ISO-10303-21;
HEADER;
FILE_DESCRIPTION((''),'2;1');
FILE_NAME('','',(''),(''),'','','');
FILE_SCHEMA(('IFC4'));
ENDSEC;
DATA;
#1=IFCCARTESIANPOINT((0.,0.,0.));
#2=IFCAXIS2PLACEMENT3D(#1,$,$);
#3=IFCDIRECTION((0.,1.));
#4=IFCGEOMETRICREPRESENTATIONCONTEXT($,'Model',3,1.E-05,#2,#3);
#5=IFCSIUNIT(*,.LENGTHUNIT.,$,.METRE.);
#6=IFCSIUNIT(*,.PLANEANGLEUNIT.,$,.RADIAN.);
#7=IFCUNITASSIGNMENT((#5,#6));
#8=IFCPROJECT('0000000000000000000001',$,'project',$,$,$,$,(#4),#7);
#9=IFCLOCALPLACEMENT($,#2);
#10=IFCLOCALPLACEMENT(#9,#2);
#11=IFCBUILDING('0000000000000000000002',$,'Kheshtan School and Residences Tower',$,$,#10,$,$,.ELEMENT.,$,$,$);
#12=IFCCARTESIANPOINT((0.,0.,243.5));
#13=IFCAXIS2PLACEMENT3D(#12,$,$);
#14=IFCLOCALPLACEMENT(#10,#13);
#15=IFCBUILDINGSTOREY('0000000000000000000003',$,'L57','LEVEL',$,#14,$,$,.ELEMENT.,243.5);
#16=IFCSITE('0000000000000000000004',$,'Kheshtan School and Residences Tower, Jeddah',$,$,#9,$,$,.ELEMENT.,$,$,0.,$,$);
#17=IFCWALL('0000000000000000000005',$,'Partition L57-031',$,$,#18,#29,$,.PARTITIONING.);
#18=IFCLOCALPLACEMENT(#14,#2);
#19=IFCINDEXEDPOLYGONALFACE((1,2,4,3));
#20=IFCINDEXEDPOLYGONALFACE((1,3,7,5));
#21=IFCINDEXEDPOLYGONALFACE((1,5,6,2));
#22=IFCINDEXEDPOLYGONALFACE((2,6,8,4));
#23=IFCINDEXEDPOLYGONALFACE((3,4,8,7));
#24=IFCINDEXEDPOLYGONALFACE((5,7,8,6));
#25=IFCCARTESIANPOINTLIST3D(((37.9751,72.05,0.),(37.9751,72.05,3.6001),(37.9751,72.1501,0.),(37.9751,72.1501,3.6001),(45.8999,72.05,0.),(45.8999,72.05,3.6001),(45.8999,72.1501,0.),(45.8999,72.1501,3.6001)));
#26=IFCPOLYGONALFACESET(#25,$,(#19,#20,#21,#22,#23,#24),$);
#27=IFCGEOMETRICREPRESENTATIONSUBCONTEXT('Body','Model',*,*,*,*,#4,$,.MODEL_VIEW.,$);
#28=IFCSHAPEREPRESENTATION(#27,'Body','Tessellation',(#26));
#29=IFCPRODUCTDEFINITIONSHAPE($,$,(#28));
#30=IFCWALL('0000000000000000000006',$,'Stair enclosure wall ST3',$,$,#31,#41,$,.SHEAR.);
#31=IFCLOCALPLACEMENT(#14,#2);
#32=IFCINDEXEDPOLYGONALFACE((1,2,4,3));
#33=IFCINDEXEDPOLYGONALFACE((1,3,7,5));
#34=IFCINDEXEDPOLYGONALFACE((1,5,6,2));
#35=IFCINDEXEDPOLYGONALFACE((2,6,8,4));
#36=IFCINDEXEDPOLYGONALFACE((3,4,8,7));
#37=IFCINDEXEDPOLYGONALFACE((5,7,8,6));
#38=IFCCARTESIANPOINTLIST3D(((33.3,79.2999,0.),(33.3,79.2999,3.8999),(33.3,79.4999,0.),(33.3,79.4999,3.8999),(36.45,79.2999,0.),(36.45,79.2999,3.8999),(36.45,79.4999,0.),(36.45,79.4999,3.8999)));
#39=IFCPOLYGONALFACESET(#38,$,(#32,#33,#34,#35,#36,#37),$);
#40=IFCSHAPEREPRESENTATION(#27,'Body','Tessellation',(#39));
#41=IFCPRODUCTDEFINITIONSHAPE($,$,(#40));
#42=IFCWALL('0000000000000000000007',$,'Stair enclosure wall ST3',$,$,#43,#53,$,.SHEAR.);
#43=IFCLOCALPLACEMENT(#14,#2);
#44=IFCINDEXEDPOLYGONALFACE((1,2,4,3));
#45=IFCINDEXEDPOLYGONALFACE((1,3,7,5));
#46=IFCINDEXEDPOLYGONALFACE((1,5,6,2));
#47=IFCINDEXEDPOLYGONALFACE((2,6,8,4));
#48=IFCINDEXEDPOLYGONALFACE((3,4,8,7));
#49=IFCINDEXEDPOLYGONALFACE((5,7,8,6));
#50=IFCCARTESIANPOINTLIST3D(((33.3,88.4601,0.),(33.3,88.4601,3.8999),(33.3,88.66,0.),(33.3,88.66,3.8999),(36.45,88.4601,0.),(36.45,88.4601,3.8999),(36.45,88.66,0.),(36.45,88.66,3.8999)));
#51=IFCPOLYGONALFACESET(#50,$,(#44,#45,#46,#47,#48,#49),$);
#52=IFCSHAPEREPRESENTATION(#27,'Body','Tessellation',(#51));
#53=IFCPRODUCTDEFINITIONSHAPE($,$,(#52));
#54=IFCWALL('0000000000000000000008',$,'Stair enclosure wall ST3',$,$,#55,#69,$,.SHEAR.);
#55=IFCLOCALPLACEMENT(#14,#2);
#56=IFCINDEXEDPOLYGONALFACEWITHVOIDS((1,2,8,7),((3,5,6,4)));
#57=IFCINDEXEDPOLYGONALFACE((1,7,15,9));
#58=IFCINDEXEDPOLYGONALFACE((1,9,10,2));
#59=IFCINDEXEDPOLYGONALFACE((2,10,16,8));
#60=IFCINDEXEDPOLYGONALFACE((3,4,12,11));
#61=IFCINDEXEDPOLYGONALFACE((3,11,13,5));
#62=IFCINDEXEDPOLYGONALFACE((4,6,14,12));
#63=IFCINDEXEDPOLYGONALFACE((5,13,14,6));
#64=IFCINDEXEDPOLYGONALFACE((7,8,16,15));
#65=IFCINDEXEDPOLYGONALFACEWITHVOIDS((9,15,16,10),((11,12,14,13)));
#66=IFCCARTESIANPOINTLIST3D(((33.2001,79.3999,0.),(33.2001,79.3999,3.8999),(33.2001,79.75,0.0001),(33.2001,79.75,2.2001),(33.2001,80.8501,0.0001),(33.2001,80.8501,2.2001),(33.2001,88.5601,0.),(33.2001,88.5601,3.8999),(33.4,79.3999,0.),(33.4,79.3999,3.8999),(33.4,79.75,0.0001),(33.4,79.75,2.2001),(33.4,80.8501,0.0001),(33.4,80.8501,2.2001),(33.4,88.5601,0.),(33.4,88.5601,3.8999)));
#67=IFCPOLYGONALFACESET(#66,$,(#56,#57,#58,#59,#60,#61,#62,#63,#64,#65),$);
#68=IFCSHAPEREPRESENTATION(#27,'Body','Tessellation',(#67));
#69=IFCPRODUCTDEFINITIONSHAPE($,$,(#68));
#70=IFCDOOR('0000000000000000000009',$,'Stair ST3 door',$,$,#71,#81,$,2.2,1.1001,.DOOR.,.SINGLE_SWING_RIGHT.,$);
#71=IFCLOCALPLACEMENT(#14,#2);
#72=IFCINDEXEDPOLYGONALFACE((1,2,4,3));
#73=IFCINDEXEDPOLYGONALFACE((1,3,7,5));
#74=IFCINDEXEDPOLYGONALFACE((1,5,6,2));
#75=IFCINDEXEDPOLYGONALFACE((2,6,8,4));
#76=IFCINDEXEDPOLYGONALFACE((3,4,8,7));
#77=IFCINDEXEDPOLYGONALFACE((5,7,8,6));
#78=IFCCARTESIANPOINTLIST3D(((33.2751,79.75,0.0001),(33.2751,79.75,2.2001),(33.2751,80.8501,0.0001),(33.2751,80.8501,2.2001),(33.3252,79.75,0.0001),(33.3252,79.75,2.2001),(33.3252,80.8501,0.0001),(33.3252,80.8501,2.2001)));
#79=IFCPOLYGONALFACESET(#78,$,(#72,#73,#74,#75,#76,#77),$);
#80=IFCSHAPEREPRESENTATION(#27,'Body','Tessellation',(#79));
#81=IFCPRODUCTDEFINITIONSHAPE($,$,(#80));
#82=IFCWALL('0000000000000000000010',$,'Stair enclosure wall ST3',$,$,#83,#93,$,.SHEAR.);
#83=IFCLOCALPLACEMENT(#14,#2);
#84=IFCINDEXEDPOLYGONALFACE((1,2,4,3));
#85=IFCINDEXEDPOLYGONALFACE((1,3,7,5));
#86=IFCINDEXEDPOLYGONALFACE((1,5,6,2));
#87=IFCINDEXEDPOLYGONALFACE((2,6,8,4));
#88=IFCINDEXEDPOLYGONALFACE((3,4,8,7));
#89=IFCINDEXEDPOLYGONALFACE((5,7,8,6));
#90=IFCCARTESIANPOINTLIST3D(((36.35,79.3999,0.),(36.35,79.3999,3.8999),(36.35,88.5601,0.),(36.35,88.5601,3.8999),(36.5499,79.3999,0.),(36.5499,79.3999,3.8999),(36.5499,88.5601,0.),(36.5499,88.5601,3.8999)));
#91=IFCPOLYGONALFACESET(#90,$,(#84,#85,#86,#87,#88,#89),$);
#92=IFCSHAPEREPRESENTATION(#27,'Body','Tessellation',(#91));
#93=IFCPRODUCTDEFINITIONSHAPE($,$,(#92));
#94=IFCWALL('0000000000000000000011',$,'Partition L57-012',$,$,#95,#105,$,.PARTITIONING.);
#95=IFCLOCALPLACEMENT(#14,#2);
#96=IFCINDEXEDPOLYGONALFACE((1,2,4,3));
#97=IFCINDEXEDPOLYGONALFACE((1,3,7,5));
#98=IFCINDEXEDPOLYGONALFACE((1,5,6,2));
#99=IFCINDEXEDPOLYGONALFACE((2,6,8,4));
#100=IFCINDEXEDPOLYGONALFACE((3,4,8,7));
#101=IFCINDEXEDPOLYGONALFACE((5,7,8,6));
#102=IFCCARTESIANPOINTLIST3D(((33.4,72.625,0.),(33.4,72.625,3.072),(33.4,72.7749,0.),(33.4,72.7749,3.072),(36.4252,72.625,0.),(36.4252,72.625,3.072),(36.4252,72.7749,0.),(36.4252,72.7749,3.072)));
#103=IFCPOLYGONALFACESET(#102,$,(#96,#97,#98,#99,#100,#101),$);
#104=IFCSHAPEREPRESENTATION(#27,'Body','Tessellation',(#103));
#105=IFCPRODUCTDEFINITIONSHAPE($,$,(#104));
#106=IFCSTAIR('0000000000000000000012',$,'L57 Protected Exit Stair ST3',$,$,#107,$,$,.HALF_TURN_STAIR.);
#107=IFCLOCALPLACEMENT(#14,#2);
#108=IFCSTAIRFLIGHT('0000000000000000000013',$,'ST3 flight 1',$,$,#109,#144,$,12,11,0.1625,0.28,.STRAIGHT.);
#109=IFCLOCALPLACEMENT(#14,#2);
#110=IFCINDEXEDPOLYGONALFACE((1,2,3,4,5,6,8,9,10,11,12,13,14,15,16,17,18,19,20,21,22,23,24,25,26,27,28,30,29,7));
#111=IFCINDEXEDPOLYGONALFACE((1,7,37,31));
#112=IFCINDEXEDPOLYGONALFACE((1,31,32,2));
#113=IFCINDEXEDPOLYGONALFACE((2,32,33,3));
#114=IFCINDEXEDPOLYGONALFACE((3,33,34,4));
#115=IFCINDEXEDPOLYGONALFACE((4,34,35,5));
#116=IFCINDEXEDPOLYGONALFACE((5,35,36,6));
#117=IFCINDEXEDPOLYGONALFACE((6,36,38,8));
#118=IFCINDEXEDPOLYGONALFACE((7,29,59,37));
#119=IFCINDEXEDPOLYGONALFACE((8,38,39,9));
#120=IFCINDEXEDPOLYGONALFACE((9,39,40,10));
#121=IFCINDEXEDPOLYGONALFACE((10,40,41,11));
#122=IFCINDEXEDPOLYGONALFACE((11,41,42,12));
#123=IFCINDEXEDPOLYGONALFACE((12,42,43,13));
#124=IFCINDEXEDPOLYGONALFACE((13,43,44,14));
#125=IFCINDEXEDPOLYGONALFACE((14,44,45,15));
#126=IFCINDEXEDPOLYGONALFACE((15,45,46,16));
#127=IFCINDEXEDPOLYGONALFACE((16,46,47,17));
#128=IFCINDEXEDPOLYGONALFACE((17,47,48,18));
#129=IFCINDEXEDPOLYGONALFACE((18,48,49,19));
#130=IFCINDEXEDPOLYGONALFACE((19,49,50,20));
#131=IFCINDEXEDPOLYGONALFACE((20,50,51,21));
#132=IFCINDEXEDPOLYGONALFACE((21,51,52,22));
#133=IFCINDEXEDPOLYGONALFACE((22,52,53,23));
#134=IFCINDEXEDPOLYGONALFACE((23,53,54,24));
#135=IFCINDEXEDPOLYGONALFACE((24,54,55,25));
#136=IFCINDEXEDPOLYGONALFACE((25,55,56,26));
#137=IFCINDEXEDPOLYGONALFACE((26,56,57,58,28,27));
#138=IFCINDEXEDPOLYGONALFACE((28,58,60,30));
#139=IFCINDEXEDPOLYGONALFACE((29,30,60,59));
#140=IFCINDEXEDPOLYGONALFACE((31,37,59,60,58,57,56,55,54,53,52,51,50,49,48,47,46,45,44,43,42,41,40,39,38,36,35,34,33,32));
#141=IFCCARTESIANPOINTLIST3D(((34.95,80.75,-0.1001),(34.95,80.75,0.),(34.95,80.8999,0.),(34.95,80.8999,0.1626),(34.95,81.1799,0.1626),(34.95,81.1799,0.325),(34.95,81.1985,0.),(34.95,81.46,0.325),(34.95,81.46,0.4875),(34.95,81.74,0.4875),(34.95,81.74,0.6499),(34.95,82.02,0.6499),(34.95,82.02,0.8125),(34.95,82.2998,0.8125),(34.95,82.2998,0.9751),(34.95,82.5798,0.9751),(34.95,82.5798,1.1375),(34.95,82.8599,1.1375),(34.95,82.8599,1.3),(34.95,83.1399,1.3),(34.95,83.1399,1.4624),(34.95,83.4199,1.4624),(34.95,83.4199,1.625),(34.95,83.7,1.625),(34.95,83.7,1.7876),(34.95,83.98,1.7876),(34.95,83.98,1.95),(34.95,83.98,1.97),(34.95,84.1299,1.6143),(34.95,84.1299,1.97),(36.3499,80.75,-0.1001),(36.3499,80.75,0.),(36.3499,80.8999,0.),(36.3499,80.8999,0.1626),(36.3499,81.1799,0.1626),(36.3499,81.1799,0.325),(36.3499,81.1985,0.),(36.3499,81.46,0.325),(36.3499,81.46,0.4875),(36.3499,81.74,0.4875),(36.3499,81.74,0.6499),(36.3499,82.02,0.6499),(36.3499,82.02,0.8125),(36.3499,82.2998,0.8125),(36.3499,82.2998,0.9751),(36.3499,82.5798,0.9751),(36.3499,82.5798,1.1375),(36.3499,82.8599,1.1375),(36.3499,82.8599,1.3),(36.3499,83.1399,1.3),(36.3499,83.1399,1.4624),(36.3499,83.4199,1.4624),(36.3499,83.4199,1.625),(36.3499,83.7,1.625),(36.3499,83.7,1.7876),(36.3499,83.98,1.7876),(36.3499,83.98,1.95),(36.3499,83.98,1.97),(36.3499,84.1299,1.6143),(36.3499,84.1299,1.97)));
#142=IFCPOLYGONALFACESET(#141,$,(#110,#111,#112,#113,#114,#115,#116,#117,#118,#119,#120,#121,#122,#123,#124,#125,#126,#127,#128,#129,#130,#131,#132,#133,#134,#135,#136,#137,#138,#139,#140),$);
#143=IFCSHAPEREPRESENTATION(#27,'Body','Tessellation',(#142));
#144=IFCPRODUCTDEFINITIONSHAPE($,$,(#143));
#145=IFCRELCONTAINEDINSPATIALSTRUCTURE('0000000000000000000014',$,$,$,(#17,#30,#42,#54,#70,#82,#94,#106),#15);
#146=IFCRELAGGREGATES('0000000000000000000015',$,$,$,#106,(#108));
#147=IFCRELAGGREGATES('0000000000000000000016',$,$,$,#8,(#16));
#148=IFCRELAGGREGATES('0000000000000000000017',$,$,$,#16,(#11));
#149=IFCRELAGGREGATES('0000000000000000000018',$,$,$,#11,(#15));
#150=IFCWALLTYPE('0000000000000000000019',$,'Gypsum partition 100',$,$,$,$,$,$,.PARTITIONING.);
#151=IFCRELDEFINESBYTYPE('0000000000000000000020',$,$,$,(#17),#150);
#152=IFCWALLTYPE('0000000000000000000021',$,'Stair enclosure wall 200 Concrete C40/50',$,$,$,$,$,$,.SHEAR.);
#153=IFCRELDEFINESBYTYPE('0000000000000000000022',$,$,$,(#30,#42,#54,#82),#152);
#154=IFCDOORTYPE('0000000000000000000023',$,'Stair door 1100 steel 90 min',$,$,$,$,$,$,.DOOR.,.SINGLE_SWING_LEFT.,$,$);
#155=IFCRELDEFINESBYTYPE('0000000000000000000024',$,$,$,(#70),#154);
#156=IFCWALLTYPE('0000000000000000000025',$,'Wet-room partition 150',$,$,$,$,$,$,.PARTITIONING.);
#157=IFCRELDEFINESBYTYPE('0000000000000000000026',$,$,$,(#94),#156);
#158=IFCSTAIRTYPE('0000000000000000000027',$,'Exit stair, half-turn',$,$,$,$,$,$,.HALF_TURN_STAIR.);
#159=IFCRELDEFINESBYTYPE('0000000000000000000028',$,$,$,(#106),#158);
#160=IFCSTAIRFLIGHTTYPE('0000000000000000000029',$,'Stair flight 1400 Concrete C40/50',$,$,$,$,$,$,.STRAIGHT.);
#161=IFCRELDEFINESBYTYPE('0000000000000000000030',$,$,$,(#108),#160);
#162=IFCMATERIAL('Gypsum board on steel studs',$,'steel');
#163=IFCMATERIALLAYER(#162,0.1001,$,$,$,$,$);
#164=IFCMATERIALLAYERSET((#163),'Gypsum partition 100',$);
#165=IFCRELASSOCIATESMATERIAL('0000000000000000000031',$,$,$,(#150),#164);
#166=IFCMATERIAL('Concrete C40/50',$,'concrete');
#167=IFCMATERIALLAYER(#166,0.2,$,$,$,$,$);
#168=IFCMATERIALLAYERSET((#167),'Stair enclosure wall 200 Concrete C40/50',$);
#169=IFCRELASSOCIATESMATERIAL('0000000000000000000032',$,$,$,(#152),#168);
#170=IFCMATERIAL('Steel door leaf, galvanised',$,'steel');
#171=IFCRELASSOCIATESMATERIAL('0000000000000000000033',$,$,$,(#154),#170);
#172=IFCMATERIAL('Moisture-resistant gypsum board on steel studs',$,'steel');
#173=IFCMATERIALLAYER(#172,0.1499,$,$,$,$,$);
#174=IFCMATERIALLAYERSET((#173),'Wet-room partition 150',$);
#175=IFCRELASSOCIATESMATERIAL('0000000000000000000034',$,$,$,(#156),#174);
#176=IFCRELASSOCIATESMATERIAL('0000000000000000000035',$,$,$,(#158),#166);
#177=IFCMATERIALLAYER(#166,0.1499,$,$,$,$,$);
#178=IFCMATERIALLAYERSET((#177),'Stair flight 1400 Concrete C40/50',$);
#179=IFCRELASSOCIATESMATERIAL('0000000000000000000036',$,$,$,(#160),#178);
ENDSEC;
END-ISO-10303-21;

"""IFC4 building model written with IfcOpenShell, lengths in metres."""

from ifc_helpers import new_model, si_unit, direction, frame, frame_2d, origin, place, context, subcontext, project, spatial, polyline, rectangle, outline, extrude, source, transform, mapped, material, layer, layer_set, type_object, element, fill, aggregate, save


model = new_model("IFC4")

# Units and contexts
model_context = context("Model", 3, precision=1e-05, world=origin(), true_north=direction((0.0, 1.0)))
body_context = subcontext(model_context, "Body", "Model", "MODEL_VIEW")
ifc_project = project(units=[si_unit("LENGTHUNIT", "METRE"), si_unit("PLANEANGLEUNIT", "RADIAN")], contexts=[model_context])

# Site, building, storey
site_placement = place(None, origin())
site = spatial("IfcSite", under=ifc_project, at=site_placement, Name="Kheshtan School and Residences Tower, Jeddah", CompositionType="ELEMENT", RefElevation=0.0)
building_placement = place(site_placement, origin())
building = spatial("IfcBuilding", under=site, at=building_placement, Name="Kheshtan School and Residences Tower", CompositionType="ELEMENT")
storey_placement = place(building_placement, frame((0.0, 0.0, 243.5)))
storey = spatial("IfcBuildingStorey", under=building, at=storey_placement, Name="L57", Description="LEVEL", CompositionType="ELEMENT", Elevation=243.5)

# Walls
ifc_material_1 = material(Name="Gypsum board on steel studs", Category="steel")
ifc_layer_1 = layer(ifc_material_1, 0.1001)
ifc_layer_set_1 = layer_set([ifc_layer_1], Name="Gypsum partition 100")
wall_type_1 = type_object("IfcWallType", Name="Gypsum partition 100", PredefinedType="PARTITIONING", material=ifc_layer_set_1)
wall_1_placement = place(storey_placement, frame((37.9751, 72.1001, 0.0), z_axis=(0.0, 0.0, 1.0), x_axis=(1.0, 0.0, 0.0)))
element("IfcWall", 1, at=wall_1_placement, inside=storey, type_object=wall_type_1, Name="Partition L57-031", PredefinedType="PARTITIONING", context=body_context, shape_type="SweptSolid", body=[
    extrude(rectangle(XDim=7.9248, YDim=0.1001, at=frame_2d((3.9624, 0.0))), origin(), (0.0, 0.0, 1.0), 3.6001),
])
ifc_material_2 = material(Name="Concrete C40/50", Category="concrete")
ifc_layer_2 = layer(ifc_material_2, 0.2)
ifc_layer_set_2 = layer_set([ifc_layer_2], Name="Stair enclosure wall 200 Concrete C40/50")
wall_type_2 = type_object("IfcWallType", Name="Stair enclosure wall 200 Concrete C40/50", PredefinedType="SHEAR", material=ifc_layer_set_2)
for number, where, z_axis, x_axis, name in (
    (2, (33.3, 79.3999, 0.0), (0.0, 0.0, 1.0), (1.0, 0.0, 0.0), "Stair enclosure wall ST3"),
    (3, (33.3, 88.5601, 0.0), (0.0, 0.0, 1.0), (1.0, 0.0, 0.0), "Stair enclosure wall ST3"),
):
    element("IfcWall", number, at=place(storey_placement, frame(where, z_axis=z_axis, x_axis=x_axis)), inside=storey, type_object=wall_type_2, Name=name, PredefinedType="SHEAR", context=body_context, shape_type="SweptSolid", body=[
        extrude(rectangle(XDim=3.1499, YDim=0.2, at=frame_2d((1.575, 0.0))), origin(), (0.0, 0.0, 1.0), 3.8999),
    ])

# Wall, opening, door
wall_2_placement = place(storey_placement, frame((33.3, 79.3999, 0.0), z_axis=(0.0, 0.0, 1.0), x_axis=(0.0, 1.0, 0.0)))
wall_2 = element("IfcWall", 4, at=wall_2_placement, inside=storey, type_object=wall_type_2, Name="Stair enclosure wall ST3", PredefinedType="SHEAR", context=body_context, shape_type="SweptSolid", body=[
    extrude(rectangle(XDim=9.1602, YDim=0.2, at=frame_2d((4.5801, 0.0))), origin(), (0.0, 0.0, 1.0), 3.8999),
])
opening_1_placement = place(wall_2_placement, frame((0.3501, 0.0, 0.0)))
opening_1 = element("IfcOpeningElement", 5, at=opening_1_placement, cuts=wall_2, PredefinedType="OPENING", context=body_context, shape_type="SweptSolid", body=[
    extrude(rectangle(XDim=1.1001, YDim=2.2, at=frame_2d((0.55, 1.1001))), frame((0.0, 0.1099, 0.0), z_axis=(0.0, -1.0, 0.0), x_axis=(1.0, 0.0, 0.0)), (0.0, 0.0, 1.0), 0.22),
])
ifc_material_3 = material(Name="Steel door leaf, galvanised", Category="steel")
door_type_1 = type_object("IfcDoorType", Name="Stair door 1100 steel 90 min", OperationType="SINGLE_SWING_LEFT", PredefinedType="DOOR", material=ifc_material_3)
shared_shape_1 = source(origin(), body_context, "Body", "SweptSolid", [
    extrude(rectangle(XDim=1.1001, YDim=2.2, at=frame_2d((0.55, 1.1001))), frame((0.0, 0.0249, 0.0), z_axis=(0.0, -1.0, 0.0), x_axis=(1.0, 0.0, 0.0)), (0.0, 0.0, 1.0), 0.05),
])
door_1_placement = place(opening_1_placement, origin())
door_1 = element("IfcDoor", 6, at=door_1_placement, inside=storey, type_object=door_type_1, Name="Stair ST3 door", OperationType="SINGLE_SWING_RIGHT", OverallHeight=2.2, OverallWidth=1.1001, PredefinedType="DOOR", context=body_context, shape_type="MappedRepresentation", body=[
    mapped(shared_shape_1, transform((0.0, 0.0, 0.0), x_axis=(1.0, 0.0, 0.0), y_axis=(0.0, 1.0, 0.0), z_axis=(0.0, 0.0, 1.0), scale=1.0)),
])
fill(opening_1, door_1)

# Walls
wall_3_placement = place(storey_placement, frame((36.45, 79.3999, 0.0), z_axis=(0.0, 0.0, 1.0), x_axis=(0.0, 1.0, 0.0)))
element("IfcWall", 7, at=wall_3_placement, inside=storey, type_object=wall_type_2, Name="Stair enclosure wall ST3", PredefinedType="SHEAR", context=body_context, shape_type="SweptSolid", body=[
    extrude(rectangle(XDim=9.1602, YDim=0.2, at=frame_2d((4.5801, 0.0))), origin(), (0.0, 0.0, 1.0), 3.8999),
])
ifc_material_4 = material(Name="Moisture-resistant gypsum board on steel studs", Category="steel")
ifc_layer_3 = layer(ifc_material_4, 0.1499)
ifc_layer_set_3 = layer_set([ifc_layer_3], Name="Wet-room partition 150")
wall_type_3 = type_object("IfcWallType", Name="Wet-room partition 150", PredefinedType="PARTITIONING", material=ifc_layer_set_3)
wall_4_placement = place(storey_placement, frame((33.3999, 72.7, 0.0), z_axis=(0.0, 0.0, 1.0), x_axis=(1.0, 0.0, 0.0)))
element("IfcWall", 8, at=wall_4_placement, inside=storey, type_object=wall_type_3, Name="Partition L57-012", PredefinedType="PARTITIONING", context=body_context, shape_type="SweptSolid", body=[
    extrude(rectangle(XDim=3.0251, YDim=0.1499, at=frame_2d((1.5127, 0.0))), origin(), (0.0, 0.0, 1.0), 3.072),
])

# Stair, stair flight
stair_type = type_object("IfcStairType", Name="Exit stair, half-turn", PredefinedType="HALF_TURN_STAIR", material=ifc_material_2)
stair_placement = place(storey_placement, origin())
stair = element("IfcStair", 9, at=stair_placement, inside=storey, type_object=stair_type, Name="L57 Protected Exit Stair ST3", PredefinedType="HALF_TURN_STAIR")
ifc_layer_4 = layer(ifc_material_2, 0.1499)
ifc_layer_set_4 = layer_set([ifc_layer_4], Name="Stair flight 1400 Concrete C40/50")
stair_flight_type = type_object("IfcStairFlightType", Name="Stair flight 1400 Concrete C40/50", PredefinedType="STRAIGHT", material=ifc_layer_set_4)
stair_flight_1_placement = place(storey_placement, frame((35.6499, 80.8999, 0.0), z_axis=(0.0, 0.0, 1.0), x_axis=(0.0, 1.0, 0.0)))
stair_flight_1 = element("IfcStairFlight", 10, at=stair_flight_1_placement, type_object=stair_flight_type, Name="ST3 flight 1", NumberOfRisers=12, NumberOfTreads=11, PredefinedType="STRAIGHT", RiserHeight=0.1625, TreadLength=0.28, context=body_context, shape_type="SweptSolid", body=[
    extrude(outline(polyline([(-0.1499, -0.1001), (-0.1499, 0.0), (0.0, 0.0), (0.0, 0.1626), (0.28, 0.1626), (0.28, 0.325), (0.5601, 0.325), (0.5601, 0.4875), (0.8401, 0.4875), (0.8401, 0.6499), (1.1201, 0.6499), (1.1201, 0.8125), (1.3999, 0.8125), (1.3999, 0.9751), (1.6799, 0.9751), (1.6799, 1.1375), (1.96, 1.1375), (1.96, 1.3), (2.24, 1.3), (2.24, 1.4624), (2.52, 1.4624), (2.52, 1.625), (2.8, 1.625), (2.8, 1.7876), (3.0801, 1.7876), (3.0801, 1.95), (3.0801, 1.97), (3.23, 1.97), (3.23, 1.6143), (0.2986, 0.0), (-0.1499, -0.1001)])), frame((0.0, 0.7, 0.0), z_axis=(0.0, -1.0, 0.0), x_axis=(1.0, 0.0, 0.0)), (0.0, 0.0, 1.0), 1.3999),
])
aggregate(stair, [stair_flight_1])

save(model, "model.ifc")
